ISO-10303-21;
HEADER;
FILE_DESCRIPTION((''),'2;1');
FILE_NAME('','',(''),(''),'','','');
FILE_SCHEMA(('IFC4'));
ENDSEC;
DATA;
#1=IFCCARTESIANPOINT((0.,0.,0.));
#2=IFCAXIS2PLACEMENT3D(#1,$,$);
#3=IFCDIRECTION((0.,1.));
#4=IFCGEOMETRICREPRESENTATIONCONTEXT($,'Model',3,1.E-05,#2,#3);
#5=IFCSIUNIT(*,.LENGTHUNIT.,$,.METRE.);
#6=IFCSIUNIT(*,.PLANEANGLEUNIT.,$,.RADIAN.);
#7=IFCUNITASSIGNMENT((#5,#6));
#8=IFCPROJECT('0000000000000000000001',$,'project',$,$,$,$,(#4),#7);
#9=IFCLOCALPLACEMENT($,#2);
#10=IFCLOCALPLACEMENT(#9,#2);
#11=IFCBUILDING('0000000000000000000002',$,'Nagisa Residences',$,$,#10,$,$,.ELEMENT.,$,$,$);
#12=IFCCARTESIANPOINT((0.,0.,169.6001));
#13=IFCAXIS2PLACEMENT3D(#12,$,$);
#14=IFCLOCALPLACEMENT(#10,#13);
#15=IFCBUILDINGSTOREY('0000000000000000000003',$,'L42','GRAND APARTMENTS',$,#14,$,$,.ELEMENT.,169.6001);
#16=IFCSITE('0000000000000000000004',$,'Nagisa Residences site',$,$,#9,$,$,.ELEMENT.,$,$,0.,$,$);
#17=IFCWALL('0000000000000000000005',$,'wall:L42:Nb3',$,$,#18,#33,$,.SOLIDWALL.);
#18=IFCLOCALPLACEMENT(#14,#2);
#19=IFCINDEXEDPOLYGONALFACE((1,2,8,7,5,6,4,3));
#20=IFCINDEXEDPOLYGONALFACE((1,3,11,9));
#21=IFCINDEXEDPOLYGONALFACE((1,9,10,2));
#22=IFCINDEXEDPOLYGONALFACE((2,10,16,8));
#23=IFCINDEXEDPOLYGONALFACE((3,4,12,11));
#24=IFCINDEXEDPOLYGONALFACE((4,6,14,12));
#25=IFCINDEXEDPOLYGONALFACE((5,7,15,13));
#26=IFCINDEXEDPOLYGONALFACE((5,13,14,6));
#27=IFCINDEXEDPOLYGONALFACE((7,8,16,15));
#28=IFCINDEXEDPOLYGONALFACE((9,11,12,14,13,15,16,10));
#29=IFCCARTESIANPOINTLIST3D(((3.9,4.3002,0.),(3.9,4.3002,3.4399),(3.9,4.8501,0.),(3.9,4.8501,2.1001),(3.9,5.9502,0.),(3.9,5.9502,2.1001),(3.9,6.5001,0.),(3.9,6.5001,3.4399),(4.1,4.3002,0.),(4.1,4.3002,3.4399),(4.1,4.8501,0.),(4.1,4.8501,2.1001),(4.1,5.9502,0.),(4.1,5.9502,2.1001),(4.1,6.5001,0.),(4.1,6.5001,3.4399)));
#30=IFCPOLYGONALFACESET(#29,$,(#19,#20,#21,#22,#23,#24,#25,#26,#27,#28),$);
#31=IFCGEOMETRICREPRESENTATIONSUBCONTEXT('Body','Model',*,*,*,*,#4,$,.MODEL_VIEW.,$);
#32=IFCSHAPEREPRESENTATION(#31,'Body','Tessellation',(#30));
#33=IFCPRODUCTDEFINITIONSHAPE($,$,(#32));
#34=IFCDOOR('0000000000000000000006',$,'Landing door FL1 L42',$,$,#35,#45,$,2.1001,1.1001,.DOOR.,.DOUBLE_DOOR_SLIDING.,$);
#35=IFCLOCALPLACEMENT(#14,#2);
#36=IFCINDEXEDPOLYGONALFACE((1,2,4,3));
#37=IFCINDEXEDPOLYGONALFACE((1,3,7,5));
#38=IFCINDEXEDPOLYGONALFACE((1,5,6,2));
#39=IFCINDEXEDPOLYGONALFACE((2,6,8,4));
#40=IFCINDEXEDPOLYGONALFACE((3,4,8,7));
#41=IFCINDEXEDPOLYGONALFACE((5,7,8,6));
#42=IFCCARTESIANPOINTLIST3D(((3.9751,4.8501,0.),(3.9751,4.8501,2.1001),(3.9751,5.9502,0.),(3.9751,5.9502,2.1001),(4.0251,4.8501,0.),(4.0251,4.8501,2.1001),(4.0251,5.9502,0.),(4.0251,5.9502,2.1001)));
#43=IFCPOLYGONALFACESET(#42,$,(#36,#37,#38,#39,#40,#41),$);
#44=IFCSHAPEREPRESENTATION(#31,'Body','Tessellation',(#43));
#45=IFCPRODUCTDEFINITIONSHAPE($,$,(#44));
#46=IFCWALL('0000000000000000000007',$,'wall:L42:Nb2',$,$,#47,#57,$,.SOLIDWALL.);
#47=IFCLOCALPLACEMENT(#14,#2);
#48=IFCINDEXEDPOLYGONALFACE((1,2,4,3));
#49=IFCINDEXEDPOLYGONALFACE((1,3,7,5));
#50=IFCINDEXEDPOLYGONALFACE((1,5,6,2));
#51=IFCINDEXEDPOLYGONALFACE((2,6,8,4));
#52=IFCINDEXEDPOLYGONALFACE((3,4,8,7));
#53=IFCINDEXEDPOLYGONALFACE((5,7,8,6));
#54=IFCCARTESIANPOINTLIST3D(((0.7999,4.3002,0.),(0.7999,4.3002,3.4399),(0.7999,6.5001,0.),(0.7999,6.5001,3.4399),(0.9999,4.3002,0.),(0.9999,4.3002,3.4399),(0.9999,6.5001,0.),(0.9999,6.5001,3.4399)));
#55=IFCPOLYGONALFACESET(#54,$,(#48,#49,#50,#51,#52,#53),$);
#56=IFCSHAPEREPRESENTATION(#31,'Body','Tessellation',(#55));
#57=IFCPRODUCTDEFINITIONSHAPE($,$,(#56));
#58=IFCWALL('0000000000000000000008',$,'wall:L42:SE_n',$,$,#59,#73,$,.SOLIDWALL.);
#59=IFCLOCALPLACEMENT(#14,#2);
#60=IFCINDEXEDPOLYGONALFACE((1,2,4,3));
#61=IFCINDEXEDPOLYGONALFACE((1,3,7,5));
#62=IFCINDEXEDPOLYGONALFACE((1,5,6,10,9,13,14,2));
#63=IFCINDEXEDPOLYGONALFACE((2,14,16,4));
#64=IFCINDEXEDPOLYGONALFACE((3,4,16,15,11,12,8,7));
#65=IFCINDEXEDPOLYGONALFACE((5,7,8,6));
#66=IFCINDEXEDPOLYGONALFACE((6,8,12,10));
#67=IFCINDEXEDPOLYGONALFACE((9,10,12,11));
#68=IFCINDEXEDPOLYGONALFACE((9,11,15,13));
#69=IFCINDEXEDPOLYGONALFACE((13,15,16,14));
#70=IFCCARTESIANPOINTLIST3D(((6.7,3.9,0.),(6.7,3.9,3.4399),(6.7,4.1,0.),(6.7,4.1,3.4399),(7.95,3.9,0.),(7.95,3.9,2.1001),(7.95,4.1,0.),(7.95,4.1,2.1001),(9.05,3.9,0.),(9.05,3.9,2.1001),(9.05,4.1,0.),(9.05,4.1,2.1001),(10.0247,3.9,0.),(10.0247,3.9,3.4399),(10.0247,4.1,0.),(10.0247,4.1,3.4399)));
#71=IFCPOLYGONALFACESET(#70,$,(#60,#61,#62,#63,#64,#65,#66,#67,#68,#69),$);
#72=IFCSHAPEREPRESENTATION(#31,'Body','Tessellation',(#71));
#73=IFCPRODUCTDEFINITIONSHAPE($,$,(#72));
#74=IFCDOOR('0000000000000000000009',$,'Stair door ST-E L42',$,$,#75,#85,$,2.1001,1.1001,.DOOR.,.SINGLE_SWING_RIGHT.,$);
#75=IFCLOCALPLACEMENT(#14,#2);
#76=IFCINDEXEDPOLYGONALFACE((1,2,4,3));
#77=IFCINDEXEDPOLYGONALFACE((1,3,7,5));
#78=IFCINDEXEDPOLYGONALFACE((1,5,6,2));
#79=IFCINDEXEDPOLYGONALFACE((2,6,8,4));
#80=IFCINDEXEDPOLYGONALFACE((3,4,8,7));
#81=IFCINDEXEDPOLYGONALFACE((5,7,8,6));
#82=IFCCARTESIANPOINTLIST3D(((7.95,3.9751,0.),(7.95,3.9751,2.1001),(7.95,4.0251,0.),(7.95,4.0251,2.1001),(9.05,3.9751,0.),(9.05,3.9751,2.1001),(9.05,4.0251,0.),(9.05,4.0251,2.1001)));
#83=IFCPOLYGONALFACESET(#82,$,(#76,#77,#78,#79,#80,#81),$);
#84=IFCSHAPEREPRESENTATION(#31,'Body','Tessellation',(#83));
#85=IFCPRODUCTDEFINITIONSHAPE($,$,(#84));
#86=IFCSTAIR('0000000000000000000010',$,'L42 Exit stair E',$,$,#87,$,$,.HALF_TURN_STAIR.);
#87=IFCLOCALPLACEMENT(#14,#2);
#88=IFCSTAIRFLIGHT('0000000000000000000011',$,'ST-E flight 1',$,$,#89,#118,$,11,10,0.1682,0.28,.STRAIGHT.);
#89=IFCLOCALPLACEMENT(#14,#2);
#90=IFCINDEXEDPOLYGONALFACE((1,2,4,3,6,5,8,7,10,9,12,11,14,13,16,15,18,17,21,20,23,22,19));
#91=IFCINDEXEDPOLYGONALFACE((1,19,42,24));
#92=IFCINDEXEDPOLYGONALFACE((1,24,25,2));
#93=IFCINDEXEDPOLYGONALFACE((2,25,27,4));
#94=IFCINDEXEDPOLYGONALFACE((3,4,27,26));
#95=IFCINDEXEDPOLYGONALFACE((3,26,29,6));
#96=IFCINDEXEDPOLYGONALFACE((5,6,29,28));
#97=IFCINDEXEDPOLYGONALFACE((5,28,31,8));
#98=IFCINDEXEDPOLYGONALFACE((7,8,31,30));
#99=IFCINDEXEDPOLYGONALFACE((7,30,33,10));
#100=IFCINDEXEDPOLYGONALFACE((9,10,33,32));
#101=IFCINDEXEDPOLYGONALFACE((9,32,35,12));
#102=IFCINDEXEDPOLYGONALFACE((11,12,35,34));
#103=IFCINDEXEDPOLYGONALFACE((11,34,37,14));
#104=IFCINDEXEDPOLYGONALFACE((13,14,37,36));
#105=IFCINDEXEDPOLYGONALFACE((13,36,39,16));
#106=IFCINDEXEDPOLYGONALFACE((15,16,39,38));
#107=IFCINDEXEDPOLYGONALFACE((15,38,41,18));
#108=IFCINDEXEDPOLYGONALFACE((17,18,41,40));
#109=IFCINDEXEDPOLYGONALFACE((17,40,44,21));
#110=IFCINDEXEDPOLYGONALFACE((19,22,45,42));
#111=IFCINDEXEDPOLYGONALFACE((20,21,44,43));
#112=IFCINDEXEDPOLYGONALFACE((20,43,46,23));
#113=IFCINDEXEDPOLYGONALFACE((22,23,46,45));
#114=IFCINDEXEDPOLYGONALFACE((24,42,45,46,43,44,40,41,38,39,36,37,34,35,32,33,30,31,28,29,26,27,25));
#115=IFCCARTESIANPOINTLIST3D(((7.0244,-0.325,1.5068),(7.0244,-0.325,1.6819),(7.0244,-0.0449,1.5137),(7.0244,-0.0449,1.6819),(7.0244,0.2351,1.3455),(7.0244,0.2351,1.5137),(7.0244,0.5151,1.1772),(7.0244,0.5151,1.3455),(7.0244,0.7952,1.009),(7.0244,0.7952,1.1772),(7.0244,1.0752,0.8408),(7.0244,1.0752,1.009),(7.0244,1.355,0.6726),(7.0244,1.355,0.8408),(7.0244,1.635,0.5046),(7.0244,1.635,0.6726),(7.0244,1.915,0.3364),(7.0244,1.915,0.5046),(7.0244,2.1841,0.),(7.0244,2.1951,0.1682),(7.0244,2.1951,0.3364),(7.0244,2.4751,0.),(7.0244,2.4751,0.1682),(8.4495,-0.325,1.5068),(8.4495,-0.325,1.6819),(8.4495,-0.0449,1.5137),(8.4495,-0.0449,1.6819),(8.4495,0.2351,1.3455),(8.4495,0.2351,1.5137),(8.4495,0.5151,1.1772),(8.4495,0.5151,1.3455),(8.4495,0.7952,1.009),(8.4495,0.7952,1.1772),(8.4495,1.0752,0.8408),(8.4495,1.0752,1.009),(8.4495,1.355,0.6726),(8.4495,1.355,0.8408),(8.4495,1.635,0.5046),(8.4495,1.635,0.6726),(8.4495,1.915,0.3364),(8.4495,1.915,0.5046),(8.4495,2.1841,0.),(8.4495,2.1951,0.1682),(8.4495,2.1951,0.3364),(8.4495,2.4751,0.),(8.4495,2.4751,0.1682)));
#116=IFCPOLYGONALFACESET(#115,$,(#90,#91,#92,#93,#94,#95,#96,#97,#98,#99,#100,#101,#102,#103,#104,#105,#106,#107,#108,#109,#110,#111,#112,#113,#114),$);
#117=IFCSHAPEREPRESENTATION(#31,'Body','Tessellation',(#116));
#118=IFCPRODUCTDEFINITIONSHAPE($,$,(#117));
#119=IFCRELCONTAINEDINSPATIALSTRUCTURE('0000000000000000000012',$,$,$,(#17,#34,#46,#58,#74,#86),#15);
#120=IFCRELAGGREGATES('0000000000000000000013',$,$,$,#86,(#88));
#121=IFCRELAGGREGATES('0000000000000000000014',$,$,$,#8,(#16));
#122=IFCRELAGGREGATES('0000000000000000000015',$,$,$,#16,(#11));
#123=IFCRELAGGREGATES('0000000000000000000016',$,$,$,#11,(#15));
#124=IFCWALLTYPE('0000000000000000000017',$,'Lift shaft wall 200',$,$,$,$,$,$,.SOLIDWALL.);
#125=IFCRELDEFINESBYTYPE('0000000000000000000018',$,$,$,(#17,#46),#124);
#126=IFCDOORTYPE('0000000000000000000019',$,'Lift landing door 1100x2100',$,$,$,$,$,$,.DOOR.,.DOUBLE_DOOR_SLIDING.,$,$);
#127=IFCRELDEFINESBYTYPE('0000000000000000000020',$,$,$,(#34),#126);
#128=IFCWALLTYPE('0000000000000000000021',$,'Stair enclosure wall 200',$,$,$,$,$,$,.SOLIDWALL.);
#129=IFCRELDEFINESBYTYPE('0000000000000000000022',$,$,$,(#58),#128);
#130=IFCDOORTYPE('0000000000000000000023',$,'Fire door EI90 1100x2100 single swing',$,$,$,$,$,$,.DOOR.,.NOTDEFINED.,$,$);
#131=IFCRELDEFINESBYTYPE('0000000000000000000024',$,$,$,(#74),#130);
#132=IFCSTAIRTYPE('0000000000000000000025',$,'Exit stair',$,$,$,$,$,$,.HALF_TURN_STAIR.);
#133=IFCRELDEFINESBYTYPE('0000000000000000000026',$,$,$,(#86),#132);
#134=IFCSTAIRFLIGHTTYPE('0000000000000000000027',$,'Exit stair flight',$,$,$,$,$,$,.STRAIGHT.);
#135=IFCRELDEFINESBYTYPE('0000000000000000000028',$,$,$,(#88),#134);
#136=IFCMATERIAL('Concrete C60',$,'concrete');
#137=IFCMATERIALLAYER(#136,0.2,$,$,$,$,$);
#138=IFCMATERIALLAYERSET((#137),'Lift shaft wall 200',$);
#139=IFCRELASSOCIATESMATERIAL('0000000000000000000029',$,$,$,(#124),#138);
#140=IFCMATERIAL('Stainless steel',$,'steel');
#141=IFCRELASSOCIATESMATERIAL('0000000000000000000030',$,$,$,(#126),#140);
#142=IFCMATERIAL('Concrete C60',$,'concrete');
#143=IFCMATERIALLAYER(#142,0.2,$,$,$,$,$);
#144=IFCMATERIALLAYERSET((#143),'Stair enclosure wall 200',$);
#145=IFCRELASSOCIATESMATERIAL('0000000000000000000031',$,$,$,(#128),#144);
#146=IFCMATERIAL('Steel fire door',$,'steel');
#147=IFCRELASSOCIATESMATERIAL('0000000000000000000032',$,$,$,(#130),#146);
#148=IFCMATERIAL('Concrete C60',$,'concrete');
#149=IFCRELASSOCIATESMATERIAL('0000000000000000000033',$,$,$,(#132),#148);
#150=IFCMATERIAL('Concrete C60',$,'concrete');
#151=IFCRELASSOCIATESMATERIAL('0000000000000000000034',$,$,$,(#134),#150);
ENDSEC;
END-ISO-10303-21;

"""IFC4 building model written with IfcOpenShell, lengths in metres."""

from ifc_helpers import new_model, si_unit, direction, frame, frame_2d, origin, place, context, subcontext, project, spatial, polyline, rectangle, outline, extrude, material, layer, layer_set, type_object, element, fill, aggregate, save


model = new_model("IFC4")

# Units and contexts
model_context = context("Model", 3, precision=1e-05, world=origin(), true_north=direction((0.0, 1.0)))
body_context = subcontext(model_context, "Body", "Model", "MODEL_VIEW")
ifc_project = project(units=[si_unit("LENGTHUNIT", "METRE"), si_unit("PLANEANGLEUNIT", "RADIAN")], contexts=[model_context])

# Site, building, storey
site_placement = place(None, origin())
site = spatial("IfcSite", under=ifc_project, at=site_placement, Name="Nagisa Residences site", CompositionType="ELEMENT", RefElevation=0.0)
building_placement = place(site_placement, origin())
building = spatial("IfcBuilding", under=site, at=building_placement, Name="Nagisa Residences", CompositionType="ELEMENT")
storey_placement = place(building_placement, frame((0.0, 0.0, 169.6001)))
storey = spatial("IfcBuildingStorey", under=building, at=storey_placement, Name="L42", Description="GRAND APARTMENTS", CompositionType="ELEMENT", Elevation=169.6001)

# Wall, opening, door
ifc_material_1 = material(Name="Concrete C60", Category="concrete")
ifc_layer_1 = layer(ifc_material_1, 0.2)
ifc_layer_set_1 = layer_set([ifc_layer_1], Name="Lift shaft wall 200")
wall_type_1 = type_object("IfcWallType", Name="Lift shaft wall 200", PredefinedType="SOLIDWALL", material=ifc_layer_set_1)
wall_1_placement = place(storey_placement, frame((4.0, 4.3, 0.0), z_axis=(0.0, 0.0, 1.0), x_axis=(0.0, 1.0, 0.0)))
wall_1 = element("IfcWall", 1, at=wall_1_placement, inside=storey, type_object=wall_type_1, Name="wall:L42:Nb3", PredefinedType="SOLIDWALL", context=body_context, shape_type="SweptSolid", body=[
    extrude(rectangle(XDim=2.2, YDim=0.2, at=frame_2d((1.1001, 0.0))), origin(), (0.0, 0.0, 1.0), 3.4399),
])
opening_1_placement = place(wall_1_placement, frame((0.55, 0.0, 0.0)))
opening_1 = element("IfcOpeningElement", 2, at=opening_1_placement, cuts=wall_1, PredefinedType="OPENING", context=body_context, shape_type="SweptSolid", body=[
    extrude(rectangle(XDim=1.1001, YDim=2.1001, at=frame_2d((0.55, 1.05))), frame((0.0, 0.1099, 0.0), z_axis=(0.0, -1.0, 0.0), x_axis=(1.0, 0.0, 0.0)), (0.0, 0.0, 1.0), 0.22),
])
ifc_material_2 = material(Name="Stainless steel", Category="steel")
door_type_1 = type_object("IfcDoorType", Name="Lift landing door 1100x2100", OperationType="DOUBLE_DOOR_SLIDING", PredefinedType="DOOR", material=ifc_material_2)
door_1_placement = place(opening_1_placement, origin())
door_1 = element("IfcDoor", 3, at=door_1_placement, inside=storey, type_object=door_type_1, Name="Landing door FL1 L42", OperationType="DOUBLE_DOOR_SLIDING", OverallHeight=2.1001, OverallWidth=1.1001, PredefinedType="DOOR", context=body_context, shape_type="SweptSolid", body=[
    extrude(rectangle(XDim=1.1001, YDim=2.1001, at=frame_2d((0.55, 1.05))), frame((0.0, 0.0249, 0.0), z_axis=(0.0, -1.0, 0.0), x_axis=(1.0, 0.0, 0.0)), (0.0, 0.0, 1.0), 0.05),
])
fill(opening_1, door_1)

# Wall
wall_2_placement = place(storey_placement, frame((0.8999, 4.3, 0.0), z_axis=(0.0, 0.0, 1.0), x_axis=(0.0, 1.0, 0.0)))
element("IfcWall", 4, at=wall_2_placement, inside=storey, type_object=wall_type_1, Name="wall:L42:Nb2", PredefinedType="SOLIDWALL", context=body_context, shape_type="SweptSolid", body=[
    extrude(rectangle(XDim=2.2, YDim=0.2, at=frame_2d((1.1001, 0.0))), origin(), (0.0, 0.0, 1.0), 3.4399),
])

# Wall, opening, door
ifc_material_3 = material(Name="Concrete C60", Category="concrete")
ifc_layer_2 = layer(ifc_material_3, 0.2)
ifc_layer_set_2 = layer_set([ifc_layer_2], Name="Stair enclosure wall 200")
wall_type_2 = type_object("IfcWallType", Name="Stair enclosure wall 200", PredefinedType="SOLIDWALL", material=ifc_layer_set_2)
wall_3_placement = place(storey_placement, frame((6.7, 4.0, 0.0), z_axis=(0.0, 0.0, 1.0), x_axis=(1.0, 0.0, 0.0)))
wall_3 = element("IfcWall", 5, at=wall_3_placement, inside=storey, type_object=wall_type_2, Name="wall:L42:SE_n", PredefinedType="SOLIDWALL", context=body_context, shape_type="SweptSolid", body=[
    extrude(rectangle(XDim=3.3247, YDim=0.2, at=frame_2d((1.6624, 0.0))), origin(), (0.0, 0.0, 1.0), 3.4399),
])
opening_2_placement = place(wall_3_placement, frame((1.25, 0.0, 0.0)))
opening_2 = element("IfcOpeningElement", 6, at=opening_2_placement, cuts=wall_3, PredefinedType="OPENING", context=body_context, shape_type="SweptSolid", body=[
    extrude(rectangle(XDim=1.1001, YDim=2.1001, at=frame_2d((0.55, 1.05))), frame((0.0, 0.1099, 0.0), z_axis=(0.0, -1.0, 0.0), x_axis=(1.0, 0.0, 0.0)), (0.0, 0.0, 1.0), 0.22),
])
ifc_material_4 = material(Name="Steel fire door", Category="steel")
door_type_2 = type_object("IfcDoorType", Name="Fire door EI90 1100x2100 single swing", OperationType="NOTDEFINED", PredefinedType="DOOR", material=ifc_material_4)
door_2_placement = place(opening_2_placement, frame((1.1001, 0.0, 0.0), x_axis=(-1.0, 0.0, 0.0)))
door_2 = element("IfcDoor", 7, at=door_2_placement, inside=storey, type_object=door_type_2, Name="Stair door ST-E L42", OperationType="SINGLE_SWING_RIGHT", OverallHeight=2.1001, OverallWidth=1.1001, PredefinedType="DOOR", context=body_context, shape_type="SweptSolid", body=[
    extrude(rectangle(XDim=1.1001, YDim=2.1001, at=frame_2d((0.55, 1.05))), frame((0.0, 0.0249, 0.0), z_axis=(0.0, -1.0, 0.0), x_axis=(1.0, 0.0, 0.0)), (0.0, 0.0, 1.0), 0.05),
])
fill(opening_2, door_2)

# Stair, stair flight
ifc_material_5 = material(Name="Concrete C60", Category="concrete")
stair_type = type_object("IfcStairType", Name="Exit stair", PredefinedType="HALF_TURN_STAIR", material=ifc_material_5)
stair_placement = place(storey_placement, origin())
stair = element("IfcStair", 8, at=stair_placement, inside=storey, type_object=stair_type, Name="L42 Exit stair E", PredefinedType="HALF_TURN_STAIR")
ifc_material_6 = material(Name="Concrete C60", Category="concrete")
stair_flight_type = type_object("IfcStairFlightType", Name="Exit stair flight", PredefinedType="STRAIGHT", material=ifc_material_6)
stair_flight_placement = place(storey_placement, frame((7.7371, 2.4751, 0.0), z_axis=(0.0, 0.0, 1.0), x_axis=(0.0, -1.0, 0.0)))
stair_flight = element("IfcStairFlight", 9, at=stair_flight_placement, type_object=stair_flight_type, Name="ST-E flight 1", NumberOfRisers=11, NumberOfTreads=10, PredefinedType="STRAIGHT", RiserHeight=0.1682, TreadLength=0.28, context=body_context, shape_type="SweptSolid", body=[
    extrude(outline(polyline([(0.0, 0.0), (0.0, 0.1682), (0.28, 0.1682), (0.28, 0.3364), (0.5601, 0.3364), (0.5601, 0.5046), (0.8401, 0.5046), (0.8401, 0.6726), (1.1201, 0.6726), (1.1201, 0.8408), (1.3999, 0.8408), (1.3999, 1.009), (1.6799, 1.009), (1.6799, 1.1772), (1.96, 1.1772), (1.96, 1.3455), (2.24, 1.3455), (2.24, 1.5137), (2.52, 1.5137), (2.52, 1.6819), (2.8, 1.6819), (2.8, 1.8501), (2.8, 1.5068), (0.291, 0.0), (0.0, 0.0)])), frame((0.0, 0.7124, 0.0), z_axis=(0.0, -1.0, 0.0), x_axis=(1.0, 0.0, 0.0)), (0.0, 0.0, 1.0), 1.425),
])
aggregate(stair, [stair_flight])

save(model, "model.ifc")
